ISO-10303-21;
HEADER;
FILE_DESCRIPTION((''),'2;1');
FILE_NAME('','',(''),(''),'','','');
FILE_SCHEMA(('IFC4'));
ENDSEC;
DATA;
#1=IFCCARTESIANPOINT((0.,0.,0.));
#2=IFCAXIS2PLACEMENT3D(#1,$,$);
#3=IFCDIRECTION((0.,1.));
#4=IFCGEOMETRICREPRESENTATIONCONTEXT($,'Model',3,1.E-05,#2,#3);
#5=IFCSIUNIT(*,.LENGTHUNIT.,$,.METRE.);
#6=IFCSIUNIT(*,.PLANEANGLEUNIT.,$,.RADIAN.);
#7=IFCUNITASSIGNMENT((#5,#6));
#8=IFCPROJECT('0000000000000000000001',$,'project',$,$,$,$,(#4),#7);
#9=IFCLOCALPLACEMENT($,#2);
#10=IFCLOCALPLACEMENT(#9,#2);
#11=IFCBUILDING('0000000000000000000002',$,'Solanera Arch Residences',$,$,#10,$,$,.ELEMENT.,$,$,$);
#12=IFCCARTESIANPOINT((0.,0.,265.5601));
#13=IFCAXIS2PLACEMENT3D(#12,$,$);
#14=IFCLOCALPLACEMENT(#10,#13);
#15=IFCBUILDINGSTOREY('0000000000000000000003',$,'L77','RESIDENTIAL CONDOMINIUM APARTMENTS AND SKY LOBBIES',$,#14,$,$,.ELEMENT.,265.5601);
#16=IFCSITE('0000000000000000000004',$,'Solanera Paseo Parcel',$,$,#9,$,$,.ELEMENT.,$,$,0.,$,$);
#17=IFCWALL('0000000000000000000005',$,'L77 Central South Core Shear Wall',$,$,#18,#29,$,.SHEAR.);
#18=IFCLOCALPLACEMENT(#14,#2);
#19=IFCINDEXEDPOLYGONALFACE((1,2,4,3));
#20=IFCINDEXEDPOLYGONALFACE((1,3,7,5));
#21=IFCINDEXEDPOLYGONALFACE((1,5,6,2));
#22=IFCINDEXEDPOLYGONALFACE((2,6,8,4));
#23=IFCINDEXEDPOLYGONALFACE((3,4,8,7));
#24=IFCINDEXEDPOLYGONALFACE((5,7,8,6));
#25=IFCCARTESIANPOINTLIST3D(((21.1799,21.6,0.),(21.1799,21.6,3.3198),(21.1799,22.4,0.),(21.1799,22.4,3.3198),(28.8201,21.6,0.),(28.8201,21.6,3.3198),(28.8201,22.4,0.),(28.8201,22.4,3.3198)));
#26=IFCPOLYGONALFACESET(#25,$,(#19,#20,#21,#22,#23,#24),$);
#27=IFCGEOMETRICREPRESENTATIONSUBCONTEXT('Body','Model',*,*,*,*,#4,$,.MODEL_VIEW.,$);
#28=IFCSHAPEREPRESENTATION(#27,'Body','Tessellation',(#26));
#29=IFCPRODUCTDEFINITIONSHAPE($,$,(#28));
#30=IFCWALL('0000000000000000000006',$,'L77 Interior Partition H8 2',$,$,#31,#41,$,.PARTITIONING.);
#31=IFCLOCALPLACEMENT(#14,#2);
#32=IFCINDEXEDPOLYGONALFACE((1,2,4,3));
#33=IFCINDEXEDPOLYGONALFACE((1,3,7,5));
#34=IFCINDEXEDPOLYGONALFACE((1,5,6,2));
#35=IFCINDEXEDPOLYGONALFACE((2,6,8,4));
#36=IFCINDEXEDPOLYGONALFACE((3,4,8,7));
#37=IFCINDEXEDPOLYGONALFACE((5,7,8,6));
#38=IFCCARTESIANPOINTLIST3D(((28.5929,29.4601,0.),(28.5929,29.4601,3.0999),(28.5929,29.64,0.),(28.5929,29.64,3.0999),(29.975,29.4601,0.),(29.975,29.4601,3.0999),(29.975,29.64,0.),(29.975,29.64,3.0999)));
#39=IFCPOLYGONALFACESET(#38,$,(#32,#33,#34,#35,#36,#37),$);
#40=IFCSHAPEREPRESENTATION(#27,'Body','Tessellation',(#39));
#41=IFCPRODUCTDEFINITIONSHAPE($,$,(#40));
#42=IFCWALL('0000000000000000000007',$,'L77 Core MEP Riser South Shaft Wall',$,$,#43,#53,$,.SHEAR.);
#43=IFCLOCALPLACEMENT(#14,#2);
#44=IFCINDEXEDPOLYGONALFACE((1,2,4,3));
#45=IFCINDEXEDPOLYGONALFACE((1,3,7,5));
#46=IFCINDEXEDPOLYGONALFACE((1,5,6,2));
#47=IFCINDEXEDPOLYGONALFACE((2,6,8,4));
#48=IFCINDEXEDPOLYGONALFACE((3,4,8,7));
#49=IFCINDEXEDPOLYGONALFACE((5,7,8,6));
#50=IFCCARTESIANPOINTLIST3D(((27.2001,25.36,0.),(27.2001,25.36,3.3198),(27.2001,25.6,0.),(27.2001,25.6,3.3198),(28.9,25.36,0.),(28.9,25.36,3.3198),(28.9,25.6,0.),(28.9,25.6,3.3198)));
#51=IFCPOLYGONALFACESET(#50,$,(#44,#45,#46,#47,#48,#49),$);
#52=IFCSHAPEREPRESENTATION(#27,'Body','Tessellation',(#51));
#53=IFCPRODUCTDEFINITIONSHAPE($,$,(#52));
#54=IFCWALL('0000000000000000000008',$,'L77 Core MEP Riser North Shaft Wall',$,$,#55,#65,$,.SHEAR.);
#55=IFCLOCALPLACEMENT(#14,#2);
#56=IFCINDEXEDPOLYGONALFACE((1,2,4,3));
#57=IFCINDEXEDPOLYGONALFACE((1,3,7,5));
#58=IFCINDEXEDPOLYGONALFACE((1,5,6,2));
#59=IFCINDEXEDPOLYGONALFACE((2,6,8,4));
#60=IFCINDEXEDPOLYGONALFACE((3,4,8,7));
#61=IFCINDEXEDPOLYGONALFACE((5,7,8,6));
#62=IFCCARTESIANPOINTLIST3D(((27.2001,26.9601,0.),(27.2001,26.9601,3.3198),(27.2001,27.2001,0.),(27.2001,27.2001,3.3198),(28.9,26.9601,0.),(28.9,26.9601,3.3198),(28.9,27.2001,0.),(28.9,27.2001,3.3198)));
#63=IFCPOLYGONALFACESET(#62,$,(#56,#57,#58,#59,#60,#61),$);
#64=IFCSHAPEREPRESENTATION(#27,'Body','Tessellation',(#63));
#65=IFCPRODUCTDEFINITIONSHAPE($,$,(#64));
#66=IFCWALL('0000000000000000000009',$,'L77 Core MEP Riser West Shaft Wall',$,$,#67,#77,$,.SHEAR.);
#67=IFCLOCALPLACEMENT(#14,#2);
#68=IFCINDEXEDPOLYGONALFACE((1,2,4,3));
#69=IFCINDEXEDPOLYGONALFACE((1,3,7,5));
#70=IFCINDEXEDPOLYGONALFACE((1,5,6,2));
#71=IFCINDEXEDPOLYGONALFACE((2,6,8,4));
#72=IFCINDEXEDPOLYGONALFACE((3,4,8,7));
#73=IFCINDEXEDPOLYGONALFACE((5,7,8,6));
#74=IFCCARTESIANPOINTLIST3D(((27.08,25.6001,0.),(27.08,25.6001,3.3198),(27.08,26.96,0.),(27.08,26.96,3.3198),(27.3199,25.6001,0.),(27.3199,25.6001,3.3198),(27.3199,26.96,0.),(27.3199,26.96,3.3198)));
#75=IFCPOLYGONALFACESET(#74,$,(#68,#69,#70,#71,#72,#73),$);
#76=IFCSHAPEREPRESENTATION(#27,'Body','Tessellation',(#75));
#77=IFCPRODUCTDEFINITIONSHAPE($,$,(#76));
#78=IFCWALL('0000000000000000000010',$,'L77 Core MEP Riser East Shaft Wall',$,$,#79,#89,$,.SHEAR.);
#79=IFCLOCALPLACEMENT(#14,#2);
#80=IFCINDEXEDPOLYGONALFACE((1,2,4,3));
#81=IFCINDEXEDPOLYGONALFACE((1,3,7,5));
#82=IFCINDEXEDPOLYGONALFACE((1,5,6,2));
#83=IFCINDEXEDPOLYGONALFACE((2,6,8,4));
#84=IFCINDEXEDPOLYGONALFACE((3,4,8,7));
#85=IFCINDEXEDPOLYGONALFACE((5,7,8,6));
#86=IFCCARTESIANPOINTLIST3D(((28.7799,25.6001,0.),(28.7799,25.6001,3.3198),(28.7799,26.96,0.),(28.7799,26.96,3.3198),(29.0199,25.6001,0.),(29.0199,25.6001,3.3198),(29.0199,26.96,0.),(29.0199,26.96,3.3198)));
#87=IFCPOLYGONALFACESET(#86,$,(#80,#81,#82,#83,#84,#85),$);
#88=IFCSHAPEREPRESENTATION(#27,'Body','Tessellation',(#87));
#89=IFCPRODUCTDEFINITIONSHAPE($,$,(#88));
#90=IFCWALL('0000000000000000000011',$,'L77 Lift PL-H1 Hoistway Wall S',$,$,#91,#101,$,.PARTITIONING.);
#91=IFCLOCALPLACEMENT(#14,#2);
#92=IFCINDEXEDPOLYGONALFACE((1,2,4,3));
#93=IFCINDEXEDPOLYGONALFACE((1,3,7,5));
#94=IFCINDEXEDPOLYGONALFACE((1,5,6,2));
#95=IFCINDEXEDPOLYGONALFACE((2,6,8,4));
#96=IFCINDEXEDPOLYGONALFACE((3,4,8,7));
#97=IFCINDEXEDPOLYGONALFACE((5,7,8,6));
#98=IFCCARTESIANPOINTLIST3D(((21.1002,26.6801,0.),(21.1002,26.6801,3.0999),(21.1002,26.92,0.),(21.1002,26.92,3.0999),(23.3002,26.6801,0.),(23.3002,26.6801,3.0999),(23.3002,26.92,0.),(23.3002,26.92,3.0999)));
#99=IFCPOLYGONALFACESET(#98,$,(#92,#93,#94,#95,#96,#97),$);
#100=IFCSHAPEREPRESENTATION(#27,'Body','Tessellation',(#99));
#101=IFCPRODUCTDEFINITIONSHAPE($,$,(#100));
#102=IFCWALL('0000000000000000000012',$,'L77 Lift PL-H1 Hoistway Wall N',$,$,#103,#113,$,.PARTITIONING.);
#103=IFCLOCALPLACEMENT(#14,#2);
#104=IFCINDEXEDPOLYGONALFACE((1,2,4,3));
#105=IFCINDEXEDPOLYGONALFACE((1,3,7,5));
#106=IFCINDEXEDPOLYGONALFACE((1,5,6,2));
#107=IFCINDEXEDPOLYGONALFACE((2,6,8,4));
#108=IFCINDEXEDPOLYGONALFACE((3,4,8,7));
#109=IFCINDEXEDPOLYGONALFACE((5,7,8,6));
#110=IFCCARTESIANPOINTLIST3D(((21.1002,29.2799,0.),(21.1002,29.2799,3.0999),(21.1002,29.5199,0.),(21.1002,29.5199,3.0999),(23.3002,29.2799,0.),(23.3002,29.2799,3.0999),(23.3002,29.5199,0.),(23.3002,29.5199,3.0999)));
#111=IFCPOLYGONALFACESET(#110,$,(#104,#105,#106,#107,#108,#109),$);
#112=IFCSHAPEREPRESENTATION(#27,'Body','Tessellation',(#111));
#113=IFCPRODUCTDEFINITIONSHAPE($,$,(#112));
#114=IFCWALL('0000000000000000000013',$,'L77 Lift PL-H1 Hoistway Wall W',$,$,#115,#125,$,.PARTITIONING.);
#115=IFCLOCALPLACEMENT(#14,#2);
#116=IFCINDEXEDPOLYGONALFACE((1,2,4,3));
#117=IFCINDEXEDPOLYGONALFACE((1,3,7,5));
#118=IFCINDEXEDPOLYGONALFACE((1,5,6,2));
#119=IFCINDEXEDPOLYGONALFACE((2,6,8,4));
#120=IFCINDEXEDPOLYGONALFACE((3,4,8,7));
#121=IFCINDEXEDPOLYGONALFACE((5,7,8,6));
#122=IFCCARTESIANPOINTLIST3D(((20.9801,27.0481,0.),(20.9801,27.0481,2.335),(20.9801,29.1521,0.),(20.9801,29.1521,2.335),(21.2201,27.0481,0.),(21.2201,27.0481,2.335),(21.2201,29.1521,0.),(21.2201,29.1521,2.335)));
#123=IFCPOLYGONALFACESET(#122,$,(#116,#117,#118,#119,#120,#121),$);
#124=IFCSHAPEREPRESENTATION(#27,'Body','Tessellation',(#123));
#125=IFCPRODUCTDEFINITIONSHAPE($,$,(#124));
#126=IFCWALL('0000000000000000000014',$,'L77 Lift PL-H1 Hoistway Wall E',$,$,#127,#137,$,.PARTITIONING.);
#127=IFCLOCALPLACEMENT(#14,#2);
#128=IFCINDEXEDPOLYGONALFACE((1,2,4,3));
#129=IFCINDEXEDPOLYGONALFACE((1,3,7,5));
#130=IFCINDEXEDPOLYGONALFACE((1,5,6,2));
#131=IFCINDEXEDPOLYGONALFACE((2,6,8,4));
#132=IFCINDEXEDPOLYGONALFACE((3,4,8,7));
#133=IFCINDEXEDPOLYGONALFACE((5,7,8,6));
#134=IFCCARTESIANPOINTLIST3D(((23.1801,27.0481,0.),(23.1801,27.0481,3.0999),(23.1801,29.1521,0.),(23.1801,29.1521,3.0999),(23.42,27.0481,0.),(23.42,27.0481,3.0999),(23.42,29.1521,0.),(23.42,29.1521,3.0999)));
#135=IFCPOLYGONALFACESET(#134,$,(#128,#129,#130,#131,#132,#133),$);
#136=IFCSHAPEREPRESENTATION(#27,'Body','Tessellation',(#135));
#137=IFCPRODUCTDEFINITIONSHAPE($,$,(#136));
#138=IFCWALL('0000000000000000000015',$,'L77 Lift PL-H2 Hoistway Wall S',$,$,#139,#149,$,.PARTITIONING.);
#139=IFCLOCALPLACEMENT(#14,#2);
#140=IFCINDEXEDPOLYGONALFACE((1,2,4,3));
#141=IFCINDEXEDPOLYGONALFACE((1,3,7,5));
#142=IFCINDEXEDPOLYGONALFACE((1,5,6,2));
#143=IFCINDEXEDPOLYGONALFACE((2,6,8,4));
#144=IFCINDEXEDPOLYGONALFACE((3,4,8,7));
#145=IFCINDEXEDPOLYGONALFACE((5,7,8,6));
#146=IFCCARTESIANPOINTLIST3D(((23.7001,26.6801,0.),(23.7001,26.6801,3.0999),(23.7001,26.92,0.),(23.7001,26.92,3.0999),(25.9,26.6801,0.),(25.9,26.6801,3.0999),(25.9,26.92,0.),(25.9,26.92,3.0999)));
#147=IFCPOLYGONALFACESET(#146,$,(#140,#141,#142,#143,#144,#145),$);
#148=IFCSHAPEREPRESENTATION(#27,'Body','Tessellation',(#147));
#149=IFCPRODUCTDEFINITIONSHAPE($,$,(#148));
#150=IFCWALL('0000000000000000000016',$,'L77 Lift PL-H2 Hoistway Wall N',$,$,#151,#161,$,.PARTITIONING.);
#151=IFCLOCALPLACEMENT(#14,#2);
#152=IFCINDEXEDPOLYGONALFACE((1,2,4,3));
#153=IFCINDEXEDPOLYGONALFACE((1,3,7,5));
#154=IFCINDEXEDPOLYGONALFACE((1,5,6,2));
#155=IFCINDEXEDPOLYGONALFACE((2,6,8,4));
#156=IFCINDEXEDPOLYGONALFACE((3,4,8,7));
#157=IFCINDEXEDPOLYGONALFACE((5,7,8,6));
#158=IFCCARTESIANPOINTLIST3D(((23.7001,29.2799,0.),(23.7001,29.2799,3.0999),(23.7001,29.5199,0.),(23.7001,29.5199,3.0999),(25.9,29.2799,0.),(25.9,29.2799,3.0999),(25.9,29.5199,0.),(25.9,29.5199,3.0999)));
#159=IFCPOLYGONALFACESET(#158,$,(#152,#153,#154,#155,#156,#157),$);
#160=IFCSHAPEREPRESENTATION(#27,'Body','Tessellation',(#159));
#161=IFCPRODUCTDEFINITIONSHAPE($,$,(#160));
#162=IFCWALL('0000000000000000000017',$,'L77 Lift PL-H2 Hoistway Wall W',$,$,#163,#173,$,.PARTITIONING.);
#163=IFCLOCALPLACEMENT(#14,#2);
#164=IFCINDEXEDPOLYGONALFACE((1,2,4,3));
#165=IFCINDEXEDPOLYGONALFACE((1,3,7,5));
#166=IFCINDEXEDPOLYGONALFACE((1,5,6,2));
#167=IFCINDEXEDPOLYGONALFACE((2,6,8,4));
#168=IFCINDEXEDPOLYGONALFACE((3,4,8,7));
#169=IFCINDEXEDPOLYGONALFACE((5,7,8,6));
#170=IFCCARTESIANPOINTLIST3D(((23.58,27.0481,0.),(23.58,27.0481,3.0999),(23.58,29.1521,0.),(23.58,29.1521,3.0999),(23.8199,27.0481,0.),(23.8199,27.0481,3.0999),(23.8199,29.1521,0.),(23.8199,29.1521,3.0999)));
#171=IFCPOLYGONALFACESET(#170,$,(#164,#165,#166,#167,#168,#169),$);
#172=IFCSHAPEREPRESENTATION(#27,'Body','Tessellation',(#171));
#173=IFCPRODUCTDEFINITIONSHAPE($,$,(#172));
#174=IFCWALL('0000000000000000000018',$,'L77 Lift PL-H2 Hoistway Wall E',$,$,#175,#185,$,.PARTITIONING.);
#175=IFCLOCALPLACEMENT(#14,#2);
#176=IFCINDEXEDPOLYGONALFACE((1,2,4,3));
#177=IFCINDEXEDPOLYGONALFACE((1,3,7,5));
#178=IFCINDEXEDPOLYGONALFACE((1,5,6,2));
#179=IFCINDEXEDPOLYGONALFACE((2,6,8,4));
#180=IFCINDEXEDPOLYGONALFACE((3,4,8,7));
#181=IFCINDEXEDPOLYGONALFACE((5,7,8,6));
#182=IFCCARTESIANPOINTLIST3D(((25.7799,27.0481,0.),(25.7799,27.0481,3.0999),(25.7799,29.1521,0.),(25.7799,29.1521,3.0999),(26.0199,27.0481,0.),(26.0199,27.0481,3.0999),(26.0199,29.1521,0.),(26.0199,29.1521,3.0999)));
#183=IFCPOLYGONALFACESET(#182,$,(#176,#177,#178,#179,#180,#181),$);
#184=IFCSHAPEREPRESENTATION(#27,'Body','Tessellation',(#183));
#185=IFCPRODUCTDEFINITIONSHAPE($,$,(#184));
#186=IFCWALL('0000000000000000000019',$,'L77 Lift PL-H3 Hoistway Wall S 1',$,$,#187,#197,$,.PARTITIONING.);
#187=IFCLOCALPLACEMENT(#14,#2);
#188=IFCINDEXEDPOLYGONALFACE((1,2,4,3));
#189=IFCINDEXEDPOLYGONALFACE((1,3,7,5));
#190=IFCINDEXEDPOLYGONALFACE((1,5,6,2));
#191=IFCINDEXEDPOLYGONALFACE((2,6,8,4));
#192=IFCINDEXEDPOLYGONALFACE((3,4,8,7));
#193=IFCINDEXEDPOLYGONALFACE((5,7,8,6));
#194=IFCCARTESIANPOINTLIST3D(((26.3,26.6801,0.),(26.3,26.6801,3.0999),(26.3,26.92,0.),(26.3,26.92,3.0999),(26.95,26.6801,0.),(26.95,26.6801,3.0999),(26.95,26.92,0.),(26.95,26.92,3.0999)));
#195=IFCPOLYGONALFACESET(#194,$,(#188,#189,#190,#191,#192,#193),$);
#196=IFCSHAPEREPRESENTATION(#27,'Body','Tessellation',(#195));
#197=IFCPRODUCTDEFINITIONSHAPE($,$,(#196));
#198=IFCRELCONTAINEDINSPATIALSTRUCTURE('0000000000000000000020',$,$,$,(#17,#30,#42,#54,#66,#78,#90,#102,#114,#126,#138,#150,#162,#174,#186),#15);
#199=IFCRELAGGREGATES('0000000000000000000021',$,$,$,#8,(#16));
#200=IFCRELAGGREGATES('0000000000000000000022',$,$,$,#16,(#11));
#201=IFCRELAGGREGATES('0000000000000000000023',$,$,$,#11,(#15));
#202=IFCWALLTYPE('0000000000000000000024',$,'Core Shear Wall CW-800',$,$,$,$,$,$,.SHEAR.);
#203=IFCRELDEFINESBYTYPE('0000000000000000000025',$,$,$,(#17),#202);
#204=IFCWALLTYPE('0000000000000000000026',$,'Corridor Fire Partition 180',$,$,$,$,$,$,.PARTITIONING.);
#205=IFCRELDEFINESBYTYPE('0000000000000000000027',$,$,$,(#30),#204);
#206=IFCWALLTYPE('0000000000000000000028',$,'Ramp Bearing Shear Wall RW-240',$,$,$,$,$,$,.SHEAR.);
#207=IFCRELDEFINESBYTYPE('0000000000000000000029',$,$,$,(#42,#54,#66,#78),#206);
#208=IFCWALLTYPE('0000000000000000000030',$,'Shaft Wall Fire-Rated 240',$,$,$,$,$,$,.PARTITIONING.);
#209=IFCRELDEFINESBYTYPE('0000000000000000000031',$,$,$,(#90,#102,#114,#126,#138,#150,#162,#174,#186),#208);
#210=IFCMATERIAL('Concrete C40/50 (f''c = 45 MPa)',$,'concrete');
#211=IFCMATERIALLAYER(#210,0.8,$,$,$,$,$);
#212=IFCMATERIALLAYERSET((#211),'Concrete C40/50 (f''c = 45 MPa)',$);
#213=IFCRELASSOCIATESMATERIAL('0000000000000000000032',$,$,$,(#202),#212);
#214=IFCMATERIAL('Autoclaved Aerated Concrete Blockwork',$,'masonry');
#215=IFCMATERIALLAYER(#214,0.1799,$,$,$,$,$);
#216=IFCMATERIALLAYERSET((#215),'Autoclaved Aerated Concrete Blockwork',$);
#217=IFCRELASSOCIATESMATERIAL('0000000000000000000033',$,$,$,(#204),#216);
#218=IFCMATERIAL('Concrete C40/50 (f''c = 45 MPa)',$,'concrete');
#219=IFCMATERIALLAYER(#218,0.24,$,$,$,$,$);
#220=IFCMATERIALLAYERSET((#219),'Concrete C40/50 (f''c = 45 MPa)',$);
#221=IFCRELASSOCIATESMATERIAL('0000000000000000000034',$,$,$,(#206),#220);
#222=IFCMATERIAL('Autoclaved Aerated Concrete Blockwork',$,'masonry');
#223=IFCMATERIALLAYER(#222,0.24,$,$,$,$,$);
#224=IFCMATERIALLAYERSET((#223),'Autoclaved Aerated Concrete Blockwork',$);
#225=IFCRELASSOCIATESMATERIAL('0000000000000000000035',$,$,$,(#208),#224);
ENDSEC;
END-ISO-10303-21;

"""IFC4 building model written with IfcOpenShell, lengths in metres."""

from ifc_helpers import new_model, si_unit, direction, frame, frame_2d, origin, place, context, subcontext, project, spatial, rectangle, extrude, material, layer, layer_set, type_object, element, save


model = new_model("IFC4")

# Units and contexts
model_context = context("Model", 3, precision=1e-05, world=origin(), true_north=direction((0.0, 1.0)))
body_context = subcontext(model_context, "Body", "Model", "MODEL_VIEW")
ifc_project = project(units=[si_unit("LENGTHUNIT", "METRE"), si_unit("PLANEANGLEUNIT", "RADIAN")], contexts=[model_context])

# Site, building, storey
site_placement = place(None, origin())
site = spatial("IfcSite", under=ifc_project, at=site_placement, Name="Solanera Paseo Parcel", CompositionType="ELEMENT", RefElevation=0.0)
building_placement = place(site_placement, origin())
building = spatial("IfcBuilding", under=site, at=building_placement, Name="Solanera Arch Residences", CompositionType="ELEMENT")
storey_placement = place(building_placement, frame((0.0, 0.0, 265.5601)))
storey = spatial("IfcBuildingStorey", under=building, at=storey_placement, Name="L77", Description="RESIDENTIAL CONDOMINIUM APARTMENTS AND SKY LOBBIES", CompositionType="ELEMENT", Elevation=265.5601)

# Walls
ifc_material_1 = material(Name="Concrete C40/50 (f'c = 45 MPa)", Category="concrete")
ifc_layer_1 = layer(ifc_material_1, 0.8)
ifc_layer_set_1 = layer_set([ifc_layer_1], Name="Concrete C40/50 (f'c = 45 MPa)")
wall_type_1 = type_object("IfcWallType", Name="Core Shear Wall CW-800", PredefinedType="SHEAR", material=ifc_layer_set_1)
wall_1_placement = place(storey_placement, frame((21.1799, 22.0, 0.0), z_axis=(0.0, 0.0, 1.0), x_axis=(1.0, 0.0, 0.0)))
element("IfcWall", 1, at=wall_1_placement, inside=storey, type_object=wall_type_1, Name="L77 Central South Core Shear Wall", PredefinedType="SHEAR", context=body_context, shape_type="SweptSolid", body=[
    extrude(rectangle(XDim=7.6401, YDim=0.8, at=frame_2d((3.8201, 0.0))), origin(), (0.0, 0.0, 1.0), 3.3198),
])
ifc_material_2 = material(Name="Autoclaved Aerated Concrete Blockwork", Category="masonry")
ifc_layer_2 = layer(ifc_material_2, 0.1799)
ifc_layer_set_2 = layer_set([ifc_layer_2], Name="Autoclaved Aerated Concrete Blockwork")
wall_type_2 = type_object("IfcWallType", Name="Corridor Fire Partition 180", PredefinedType="PARTITIONING", material=ifc_layer_set_2)
wall_2_placement = place(storey_placement, frame((28.593, 29.55, 0.0), z_axis=(0.0, 0.0, 1.0), x_axis=(1.0, 0.0, 0.0)))
element("IfcWall", 2, at=wall_2_placement, inside=storey, type_object=wall_type_2, Name="L77 Interior Partition H8 2", PredefinedType="PARTITIONING", context=body_context, shape_type="SweptSolid", body=[
    extrude(rectangle(XDim=1.3821, YDim=0.1799, at=frame_2d((0.6909, 0.0))), origin(), (0.0, 0.0, 1.0), 3.0999),
])
ifc_material_3 = material(Name="Concrete C40/50 (f'c = 45 MPa)", Category="concrete")
ifc_layer_3 = layer(ifc_material_3, 0.24)
ifc_layer_set_3 = layer_set([ifc_layer_3], Name="Concrete C40/50 (f'c = 45 MPa)")
wall_type_3 = type_object("IfcWallType", Name="Ramp Bearing Shear Wall RW-240", PredefinedType="SHEAR", material=ifc_layer_set_3)
for number, where, z_axis, x_axis, name in (
    (3, (27.2, 25.48, 0.0), (0.0, 0.0, 1.0), (1.0, 0.0, 0.0), "L77 Core MEP Riser South Shaft Wall"),
    (4, (27.2, 27.0801, 0.0), (0.0, 0.0, 1.0), (1.0, 0.0, 0.0), "L77 Core MEP Riser North Shaft Wall"),
):
    element("IfcWall", number, at=place(storey_placement, frame(where, z_axis=z_axis, x_axis=x_axis)), inside=storey, type_object=wall_type_3, Name=name, PredefinedType="SHEAR", context=body_context, shape_type="SweptSolid", body=[
        extrude(rectangle(XDim=1.7, YDim=0.24, at=frame_2d((0.8501, 0.0))), origin(), (0.0, 0.0, 1.0), 3.3198),
    ])
for number, where, z_axis, x_axis, name in (
    (5, (27.2, 25.6001, 0.0), (0.0, 0.0, 1.0), (0.0, 1.0, 0.0), "L77 Core MEP Riser West Shaft Wall"),
    (6, (28.8999, 25.6001, 0.0), (0.0, 0.0, 1.0), (0.0, 1.0, 0.0), "L77 Core MEP Riser East Shaft Wall"),
):
    element("IfcWall", number, at=place(storey_placement, frame(where, z_axis=z_axis, x_axis=x_axis)), inside=storey, type_object=wall_type_3, Name=name, PredefinedType="SHEAR", context=body_context, shape_type="SweptSolid", body=[
        extrude(rectangle(XDim=1.3599, YDim=0.24, at=frame_2d((0.6799, 0.0))), origin(), (0.0, 0.0, 1.0), 3.3198),
    ])
ifc_material_4 = material(Name="Autoclaved Aerated Concrete Blockwork", Category="masonry")
ifc_layer_4 = layer(ifc_material_4, 0.24)
ifc_layer_set_4 = layer_set([ifc_layer_4], Name="Autoclaved Aerated Concrete Blockwork")
wall_type_4 = type_object("IfcWallType", Name="Shaft Wall Fire-Rated 240", PredefinedType="PARTITIONING", material=ifc_layer_set_4)
for number, where, z_axis, x_axis, name in (
    (7, (21.1001, 26.8, 0.0), (0.0, 0.0, 1.0), (1.0, 0.0, 0.0), "L77 Lift PL-H1 Hoistway Wall S"),
    (8, (21.1001, 29.3999, 0.0), (0.0, 0.0, 1.0), (1.0, 0.0, 0.0), "L77 Lift PL-H1 Hoistway Wall N"),
):
    element("IfcWall", number, at=place(storey_placement, frame(where, z_axis=z_axis, x_axis=x_axis)), inside=storey, type_object=wall_type_4, Name=name, PredefinedType="PARTITIONING", context=body_context, shape_type="SweptSolid", body=[
        extrude(rectangle(XDim=2.2, YDim=0.24, at=frame_2d((1.1001, 0.0))), origin(), (0.0, 0.0, 1.0), 3.0999),
    ])
wall_3_placement = place(storey_placement, frame((21.1001, 27.0481, 0.0), z_axis=(0.0, 0.0, 1.0), x_axis=(0.0, 1.0, 0.0)))
element("IfcWall", 9, at=wall_3_placement, inside=storey, type_object=wall_type_4, Name="L77 Lift PL-H1 Hoistway Wall W", PredefinedType="PARTITIONING", context=body_context, shape_type="SweptSolid", body=[
    extrude(rectangle(XDim=2.104, YDim=0.24, at=frame_2d((1.052, 0.0))), origin(), (0.0, 0.0, 1.0), 2.335),
])
wall_4_placement = place(storey_placement, frame((23.3, 27.0481, 0.0), z_axis=(0.0, 0.0, 1.0), x_axis=(0.0, 1.0, 0.0)))
element("IfcWall", 10, at=wall_4_placement, inside=storey, type_object=wall_type_4, Name="L77 Lift PL-H1 Hoistway Wall E", PredefinedType="PARTITIONING", context=body_context, shape_type="SweptSolid", body=[
    extrude(rectangle(XDim=2.104, YDim=0.24, at=frame_2d((1.052, 0.0))), origin(), (0.0, 0.0, 1.0), 3.0999),
])
for number, where, z_axis, x_axis, name in (
    (11, (23.7, 26.8, 0.0), (0.0, 0.0, 1.0), (1.0, 0.0, 0.0), "L77 Lift PL-H2 Hoistway Wall S"),
    (12, (23.7, 29.3999, 0.0), (0.0, 0.0, 1.0), (1.0, 0.0, 0.0), "L77 Lift PL-H2 Hoistway Wall N"),
):
    element("IfcWall", number, at=place(storey_placement, frame(where, z_axis=z_axis, x_axis=x_axis)), inside=storey, type_object=wall_type_4, Name=name, PredefinedType="PARTITIONING", context=body_context, shape_type="SweptSolid", body=[
        extrude(rectangle(XDim=2.2, YDim=0.24, at=frame_2d((1.1001, 0.0))), origin(), (0.0, 0.0, 1.0), 3.0999),
    ])
for number, where, z_axis, x_axis, name in (
    (13, (23.7, 27.0481, 0.0), (0.0, 0.0, 1.0), (0.0, 1.0, 0.0), "L77 Lift PL-H2 Hoistway Wall W"),
    (14, (25.8999, 27.0481, 0.0), (0.0, 0.0, 1.0), (0.0, 1.0, 0.0), "L77 Lift PL-H2 Hoistway Wall E"),
):
    element("IfcWall", number, at=place(storey_placement, frame(where, z_axis=z_axis, x_axis=x_axis)), inside=storey, type_object=wall_type_4, Name=name, PredefinedType="PARTITIONING", context=body_context, shape_type="SweptSolid", body=[
        extrude(rectangle(XDim=2.104, YDim=0.24, at=frame_2d((1.052, 0.0))), origin(), (0.0, 0.0, 1.0), 3.0999),
    ])
wall_5_placement = place(storey_placement, frame((26.3, 26.8, 0.0), z_axis=(0.0, 0.0, 1.0), x_axis=(1.0, 0.0, 0.0)))
element("IfcWall", 15, at=wall_5_placement, inside=storey, type_object=wall_type_4, Name="L77 Lift PL-H3 Hoistway Wall S 1", PredefinedType="PARTITIONING", context=body_context, shape_type="SweptSolid", body=[
    extrude(rectangle(XDim=0.6499, YDim=0.24, at=frame_2d((0.325, 0.0))), origin(), (0.0, 0.0, 1.0), 3.0999),
])

save(model, "model.ifc")
